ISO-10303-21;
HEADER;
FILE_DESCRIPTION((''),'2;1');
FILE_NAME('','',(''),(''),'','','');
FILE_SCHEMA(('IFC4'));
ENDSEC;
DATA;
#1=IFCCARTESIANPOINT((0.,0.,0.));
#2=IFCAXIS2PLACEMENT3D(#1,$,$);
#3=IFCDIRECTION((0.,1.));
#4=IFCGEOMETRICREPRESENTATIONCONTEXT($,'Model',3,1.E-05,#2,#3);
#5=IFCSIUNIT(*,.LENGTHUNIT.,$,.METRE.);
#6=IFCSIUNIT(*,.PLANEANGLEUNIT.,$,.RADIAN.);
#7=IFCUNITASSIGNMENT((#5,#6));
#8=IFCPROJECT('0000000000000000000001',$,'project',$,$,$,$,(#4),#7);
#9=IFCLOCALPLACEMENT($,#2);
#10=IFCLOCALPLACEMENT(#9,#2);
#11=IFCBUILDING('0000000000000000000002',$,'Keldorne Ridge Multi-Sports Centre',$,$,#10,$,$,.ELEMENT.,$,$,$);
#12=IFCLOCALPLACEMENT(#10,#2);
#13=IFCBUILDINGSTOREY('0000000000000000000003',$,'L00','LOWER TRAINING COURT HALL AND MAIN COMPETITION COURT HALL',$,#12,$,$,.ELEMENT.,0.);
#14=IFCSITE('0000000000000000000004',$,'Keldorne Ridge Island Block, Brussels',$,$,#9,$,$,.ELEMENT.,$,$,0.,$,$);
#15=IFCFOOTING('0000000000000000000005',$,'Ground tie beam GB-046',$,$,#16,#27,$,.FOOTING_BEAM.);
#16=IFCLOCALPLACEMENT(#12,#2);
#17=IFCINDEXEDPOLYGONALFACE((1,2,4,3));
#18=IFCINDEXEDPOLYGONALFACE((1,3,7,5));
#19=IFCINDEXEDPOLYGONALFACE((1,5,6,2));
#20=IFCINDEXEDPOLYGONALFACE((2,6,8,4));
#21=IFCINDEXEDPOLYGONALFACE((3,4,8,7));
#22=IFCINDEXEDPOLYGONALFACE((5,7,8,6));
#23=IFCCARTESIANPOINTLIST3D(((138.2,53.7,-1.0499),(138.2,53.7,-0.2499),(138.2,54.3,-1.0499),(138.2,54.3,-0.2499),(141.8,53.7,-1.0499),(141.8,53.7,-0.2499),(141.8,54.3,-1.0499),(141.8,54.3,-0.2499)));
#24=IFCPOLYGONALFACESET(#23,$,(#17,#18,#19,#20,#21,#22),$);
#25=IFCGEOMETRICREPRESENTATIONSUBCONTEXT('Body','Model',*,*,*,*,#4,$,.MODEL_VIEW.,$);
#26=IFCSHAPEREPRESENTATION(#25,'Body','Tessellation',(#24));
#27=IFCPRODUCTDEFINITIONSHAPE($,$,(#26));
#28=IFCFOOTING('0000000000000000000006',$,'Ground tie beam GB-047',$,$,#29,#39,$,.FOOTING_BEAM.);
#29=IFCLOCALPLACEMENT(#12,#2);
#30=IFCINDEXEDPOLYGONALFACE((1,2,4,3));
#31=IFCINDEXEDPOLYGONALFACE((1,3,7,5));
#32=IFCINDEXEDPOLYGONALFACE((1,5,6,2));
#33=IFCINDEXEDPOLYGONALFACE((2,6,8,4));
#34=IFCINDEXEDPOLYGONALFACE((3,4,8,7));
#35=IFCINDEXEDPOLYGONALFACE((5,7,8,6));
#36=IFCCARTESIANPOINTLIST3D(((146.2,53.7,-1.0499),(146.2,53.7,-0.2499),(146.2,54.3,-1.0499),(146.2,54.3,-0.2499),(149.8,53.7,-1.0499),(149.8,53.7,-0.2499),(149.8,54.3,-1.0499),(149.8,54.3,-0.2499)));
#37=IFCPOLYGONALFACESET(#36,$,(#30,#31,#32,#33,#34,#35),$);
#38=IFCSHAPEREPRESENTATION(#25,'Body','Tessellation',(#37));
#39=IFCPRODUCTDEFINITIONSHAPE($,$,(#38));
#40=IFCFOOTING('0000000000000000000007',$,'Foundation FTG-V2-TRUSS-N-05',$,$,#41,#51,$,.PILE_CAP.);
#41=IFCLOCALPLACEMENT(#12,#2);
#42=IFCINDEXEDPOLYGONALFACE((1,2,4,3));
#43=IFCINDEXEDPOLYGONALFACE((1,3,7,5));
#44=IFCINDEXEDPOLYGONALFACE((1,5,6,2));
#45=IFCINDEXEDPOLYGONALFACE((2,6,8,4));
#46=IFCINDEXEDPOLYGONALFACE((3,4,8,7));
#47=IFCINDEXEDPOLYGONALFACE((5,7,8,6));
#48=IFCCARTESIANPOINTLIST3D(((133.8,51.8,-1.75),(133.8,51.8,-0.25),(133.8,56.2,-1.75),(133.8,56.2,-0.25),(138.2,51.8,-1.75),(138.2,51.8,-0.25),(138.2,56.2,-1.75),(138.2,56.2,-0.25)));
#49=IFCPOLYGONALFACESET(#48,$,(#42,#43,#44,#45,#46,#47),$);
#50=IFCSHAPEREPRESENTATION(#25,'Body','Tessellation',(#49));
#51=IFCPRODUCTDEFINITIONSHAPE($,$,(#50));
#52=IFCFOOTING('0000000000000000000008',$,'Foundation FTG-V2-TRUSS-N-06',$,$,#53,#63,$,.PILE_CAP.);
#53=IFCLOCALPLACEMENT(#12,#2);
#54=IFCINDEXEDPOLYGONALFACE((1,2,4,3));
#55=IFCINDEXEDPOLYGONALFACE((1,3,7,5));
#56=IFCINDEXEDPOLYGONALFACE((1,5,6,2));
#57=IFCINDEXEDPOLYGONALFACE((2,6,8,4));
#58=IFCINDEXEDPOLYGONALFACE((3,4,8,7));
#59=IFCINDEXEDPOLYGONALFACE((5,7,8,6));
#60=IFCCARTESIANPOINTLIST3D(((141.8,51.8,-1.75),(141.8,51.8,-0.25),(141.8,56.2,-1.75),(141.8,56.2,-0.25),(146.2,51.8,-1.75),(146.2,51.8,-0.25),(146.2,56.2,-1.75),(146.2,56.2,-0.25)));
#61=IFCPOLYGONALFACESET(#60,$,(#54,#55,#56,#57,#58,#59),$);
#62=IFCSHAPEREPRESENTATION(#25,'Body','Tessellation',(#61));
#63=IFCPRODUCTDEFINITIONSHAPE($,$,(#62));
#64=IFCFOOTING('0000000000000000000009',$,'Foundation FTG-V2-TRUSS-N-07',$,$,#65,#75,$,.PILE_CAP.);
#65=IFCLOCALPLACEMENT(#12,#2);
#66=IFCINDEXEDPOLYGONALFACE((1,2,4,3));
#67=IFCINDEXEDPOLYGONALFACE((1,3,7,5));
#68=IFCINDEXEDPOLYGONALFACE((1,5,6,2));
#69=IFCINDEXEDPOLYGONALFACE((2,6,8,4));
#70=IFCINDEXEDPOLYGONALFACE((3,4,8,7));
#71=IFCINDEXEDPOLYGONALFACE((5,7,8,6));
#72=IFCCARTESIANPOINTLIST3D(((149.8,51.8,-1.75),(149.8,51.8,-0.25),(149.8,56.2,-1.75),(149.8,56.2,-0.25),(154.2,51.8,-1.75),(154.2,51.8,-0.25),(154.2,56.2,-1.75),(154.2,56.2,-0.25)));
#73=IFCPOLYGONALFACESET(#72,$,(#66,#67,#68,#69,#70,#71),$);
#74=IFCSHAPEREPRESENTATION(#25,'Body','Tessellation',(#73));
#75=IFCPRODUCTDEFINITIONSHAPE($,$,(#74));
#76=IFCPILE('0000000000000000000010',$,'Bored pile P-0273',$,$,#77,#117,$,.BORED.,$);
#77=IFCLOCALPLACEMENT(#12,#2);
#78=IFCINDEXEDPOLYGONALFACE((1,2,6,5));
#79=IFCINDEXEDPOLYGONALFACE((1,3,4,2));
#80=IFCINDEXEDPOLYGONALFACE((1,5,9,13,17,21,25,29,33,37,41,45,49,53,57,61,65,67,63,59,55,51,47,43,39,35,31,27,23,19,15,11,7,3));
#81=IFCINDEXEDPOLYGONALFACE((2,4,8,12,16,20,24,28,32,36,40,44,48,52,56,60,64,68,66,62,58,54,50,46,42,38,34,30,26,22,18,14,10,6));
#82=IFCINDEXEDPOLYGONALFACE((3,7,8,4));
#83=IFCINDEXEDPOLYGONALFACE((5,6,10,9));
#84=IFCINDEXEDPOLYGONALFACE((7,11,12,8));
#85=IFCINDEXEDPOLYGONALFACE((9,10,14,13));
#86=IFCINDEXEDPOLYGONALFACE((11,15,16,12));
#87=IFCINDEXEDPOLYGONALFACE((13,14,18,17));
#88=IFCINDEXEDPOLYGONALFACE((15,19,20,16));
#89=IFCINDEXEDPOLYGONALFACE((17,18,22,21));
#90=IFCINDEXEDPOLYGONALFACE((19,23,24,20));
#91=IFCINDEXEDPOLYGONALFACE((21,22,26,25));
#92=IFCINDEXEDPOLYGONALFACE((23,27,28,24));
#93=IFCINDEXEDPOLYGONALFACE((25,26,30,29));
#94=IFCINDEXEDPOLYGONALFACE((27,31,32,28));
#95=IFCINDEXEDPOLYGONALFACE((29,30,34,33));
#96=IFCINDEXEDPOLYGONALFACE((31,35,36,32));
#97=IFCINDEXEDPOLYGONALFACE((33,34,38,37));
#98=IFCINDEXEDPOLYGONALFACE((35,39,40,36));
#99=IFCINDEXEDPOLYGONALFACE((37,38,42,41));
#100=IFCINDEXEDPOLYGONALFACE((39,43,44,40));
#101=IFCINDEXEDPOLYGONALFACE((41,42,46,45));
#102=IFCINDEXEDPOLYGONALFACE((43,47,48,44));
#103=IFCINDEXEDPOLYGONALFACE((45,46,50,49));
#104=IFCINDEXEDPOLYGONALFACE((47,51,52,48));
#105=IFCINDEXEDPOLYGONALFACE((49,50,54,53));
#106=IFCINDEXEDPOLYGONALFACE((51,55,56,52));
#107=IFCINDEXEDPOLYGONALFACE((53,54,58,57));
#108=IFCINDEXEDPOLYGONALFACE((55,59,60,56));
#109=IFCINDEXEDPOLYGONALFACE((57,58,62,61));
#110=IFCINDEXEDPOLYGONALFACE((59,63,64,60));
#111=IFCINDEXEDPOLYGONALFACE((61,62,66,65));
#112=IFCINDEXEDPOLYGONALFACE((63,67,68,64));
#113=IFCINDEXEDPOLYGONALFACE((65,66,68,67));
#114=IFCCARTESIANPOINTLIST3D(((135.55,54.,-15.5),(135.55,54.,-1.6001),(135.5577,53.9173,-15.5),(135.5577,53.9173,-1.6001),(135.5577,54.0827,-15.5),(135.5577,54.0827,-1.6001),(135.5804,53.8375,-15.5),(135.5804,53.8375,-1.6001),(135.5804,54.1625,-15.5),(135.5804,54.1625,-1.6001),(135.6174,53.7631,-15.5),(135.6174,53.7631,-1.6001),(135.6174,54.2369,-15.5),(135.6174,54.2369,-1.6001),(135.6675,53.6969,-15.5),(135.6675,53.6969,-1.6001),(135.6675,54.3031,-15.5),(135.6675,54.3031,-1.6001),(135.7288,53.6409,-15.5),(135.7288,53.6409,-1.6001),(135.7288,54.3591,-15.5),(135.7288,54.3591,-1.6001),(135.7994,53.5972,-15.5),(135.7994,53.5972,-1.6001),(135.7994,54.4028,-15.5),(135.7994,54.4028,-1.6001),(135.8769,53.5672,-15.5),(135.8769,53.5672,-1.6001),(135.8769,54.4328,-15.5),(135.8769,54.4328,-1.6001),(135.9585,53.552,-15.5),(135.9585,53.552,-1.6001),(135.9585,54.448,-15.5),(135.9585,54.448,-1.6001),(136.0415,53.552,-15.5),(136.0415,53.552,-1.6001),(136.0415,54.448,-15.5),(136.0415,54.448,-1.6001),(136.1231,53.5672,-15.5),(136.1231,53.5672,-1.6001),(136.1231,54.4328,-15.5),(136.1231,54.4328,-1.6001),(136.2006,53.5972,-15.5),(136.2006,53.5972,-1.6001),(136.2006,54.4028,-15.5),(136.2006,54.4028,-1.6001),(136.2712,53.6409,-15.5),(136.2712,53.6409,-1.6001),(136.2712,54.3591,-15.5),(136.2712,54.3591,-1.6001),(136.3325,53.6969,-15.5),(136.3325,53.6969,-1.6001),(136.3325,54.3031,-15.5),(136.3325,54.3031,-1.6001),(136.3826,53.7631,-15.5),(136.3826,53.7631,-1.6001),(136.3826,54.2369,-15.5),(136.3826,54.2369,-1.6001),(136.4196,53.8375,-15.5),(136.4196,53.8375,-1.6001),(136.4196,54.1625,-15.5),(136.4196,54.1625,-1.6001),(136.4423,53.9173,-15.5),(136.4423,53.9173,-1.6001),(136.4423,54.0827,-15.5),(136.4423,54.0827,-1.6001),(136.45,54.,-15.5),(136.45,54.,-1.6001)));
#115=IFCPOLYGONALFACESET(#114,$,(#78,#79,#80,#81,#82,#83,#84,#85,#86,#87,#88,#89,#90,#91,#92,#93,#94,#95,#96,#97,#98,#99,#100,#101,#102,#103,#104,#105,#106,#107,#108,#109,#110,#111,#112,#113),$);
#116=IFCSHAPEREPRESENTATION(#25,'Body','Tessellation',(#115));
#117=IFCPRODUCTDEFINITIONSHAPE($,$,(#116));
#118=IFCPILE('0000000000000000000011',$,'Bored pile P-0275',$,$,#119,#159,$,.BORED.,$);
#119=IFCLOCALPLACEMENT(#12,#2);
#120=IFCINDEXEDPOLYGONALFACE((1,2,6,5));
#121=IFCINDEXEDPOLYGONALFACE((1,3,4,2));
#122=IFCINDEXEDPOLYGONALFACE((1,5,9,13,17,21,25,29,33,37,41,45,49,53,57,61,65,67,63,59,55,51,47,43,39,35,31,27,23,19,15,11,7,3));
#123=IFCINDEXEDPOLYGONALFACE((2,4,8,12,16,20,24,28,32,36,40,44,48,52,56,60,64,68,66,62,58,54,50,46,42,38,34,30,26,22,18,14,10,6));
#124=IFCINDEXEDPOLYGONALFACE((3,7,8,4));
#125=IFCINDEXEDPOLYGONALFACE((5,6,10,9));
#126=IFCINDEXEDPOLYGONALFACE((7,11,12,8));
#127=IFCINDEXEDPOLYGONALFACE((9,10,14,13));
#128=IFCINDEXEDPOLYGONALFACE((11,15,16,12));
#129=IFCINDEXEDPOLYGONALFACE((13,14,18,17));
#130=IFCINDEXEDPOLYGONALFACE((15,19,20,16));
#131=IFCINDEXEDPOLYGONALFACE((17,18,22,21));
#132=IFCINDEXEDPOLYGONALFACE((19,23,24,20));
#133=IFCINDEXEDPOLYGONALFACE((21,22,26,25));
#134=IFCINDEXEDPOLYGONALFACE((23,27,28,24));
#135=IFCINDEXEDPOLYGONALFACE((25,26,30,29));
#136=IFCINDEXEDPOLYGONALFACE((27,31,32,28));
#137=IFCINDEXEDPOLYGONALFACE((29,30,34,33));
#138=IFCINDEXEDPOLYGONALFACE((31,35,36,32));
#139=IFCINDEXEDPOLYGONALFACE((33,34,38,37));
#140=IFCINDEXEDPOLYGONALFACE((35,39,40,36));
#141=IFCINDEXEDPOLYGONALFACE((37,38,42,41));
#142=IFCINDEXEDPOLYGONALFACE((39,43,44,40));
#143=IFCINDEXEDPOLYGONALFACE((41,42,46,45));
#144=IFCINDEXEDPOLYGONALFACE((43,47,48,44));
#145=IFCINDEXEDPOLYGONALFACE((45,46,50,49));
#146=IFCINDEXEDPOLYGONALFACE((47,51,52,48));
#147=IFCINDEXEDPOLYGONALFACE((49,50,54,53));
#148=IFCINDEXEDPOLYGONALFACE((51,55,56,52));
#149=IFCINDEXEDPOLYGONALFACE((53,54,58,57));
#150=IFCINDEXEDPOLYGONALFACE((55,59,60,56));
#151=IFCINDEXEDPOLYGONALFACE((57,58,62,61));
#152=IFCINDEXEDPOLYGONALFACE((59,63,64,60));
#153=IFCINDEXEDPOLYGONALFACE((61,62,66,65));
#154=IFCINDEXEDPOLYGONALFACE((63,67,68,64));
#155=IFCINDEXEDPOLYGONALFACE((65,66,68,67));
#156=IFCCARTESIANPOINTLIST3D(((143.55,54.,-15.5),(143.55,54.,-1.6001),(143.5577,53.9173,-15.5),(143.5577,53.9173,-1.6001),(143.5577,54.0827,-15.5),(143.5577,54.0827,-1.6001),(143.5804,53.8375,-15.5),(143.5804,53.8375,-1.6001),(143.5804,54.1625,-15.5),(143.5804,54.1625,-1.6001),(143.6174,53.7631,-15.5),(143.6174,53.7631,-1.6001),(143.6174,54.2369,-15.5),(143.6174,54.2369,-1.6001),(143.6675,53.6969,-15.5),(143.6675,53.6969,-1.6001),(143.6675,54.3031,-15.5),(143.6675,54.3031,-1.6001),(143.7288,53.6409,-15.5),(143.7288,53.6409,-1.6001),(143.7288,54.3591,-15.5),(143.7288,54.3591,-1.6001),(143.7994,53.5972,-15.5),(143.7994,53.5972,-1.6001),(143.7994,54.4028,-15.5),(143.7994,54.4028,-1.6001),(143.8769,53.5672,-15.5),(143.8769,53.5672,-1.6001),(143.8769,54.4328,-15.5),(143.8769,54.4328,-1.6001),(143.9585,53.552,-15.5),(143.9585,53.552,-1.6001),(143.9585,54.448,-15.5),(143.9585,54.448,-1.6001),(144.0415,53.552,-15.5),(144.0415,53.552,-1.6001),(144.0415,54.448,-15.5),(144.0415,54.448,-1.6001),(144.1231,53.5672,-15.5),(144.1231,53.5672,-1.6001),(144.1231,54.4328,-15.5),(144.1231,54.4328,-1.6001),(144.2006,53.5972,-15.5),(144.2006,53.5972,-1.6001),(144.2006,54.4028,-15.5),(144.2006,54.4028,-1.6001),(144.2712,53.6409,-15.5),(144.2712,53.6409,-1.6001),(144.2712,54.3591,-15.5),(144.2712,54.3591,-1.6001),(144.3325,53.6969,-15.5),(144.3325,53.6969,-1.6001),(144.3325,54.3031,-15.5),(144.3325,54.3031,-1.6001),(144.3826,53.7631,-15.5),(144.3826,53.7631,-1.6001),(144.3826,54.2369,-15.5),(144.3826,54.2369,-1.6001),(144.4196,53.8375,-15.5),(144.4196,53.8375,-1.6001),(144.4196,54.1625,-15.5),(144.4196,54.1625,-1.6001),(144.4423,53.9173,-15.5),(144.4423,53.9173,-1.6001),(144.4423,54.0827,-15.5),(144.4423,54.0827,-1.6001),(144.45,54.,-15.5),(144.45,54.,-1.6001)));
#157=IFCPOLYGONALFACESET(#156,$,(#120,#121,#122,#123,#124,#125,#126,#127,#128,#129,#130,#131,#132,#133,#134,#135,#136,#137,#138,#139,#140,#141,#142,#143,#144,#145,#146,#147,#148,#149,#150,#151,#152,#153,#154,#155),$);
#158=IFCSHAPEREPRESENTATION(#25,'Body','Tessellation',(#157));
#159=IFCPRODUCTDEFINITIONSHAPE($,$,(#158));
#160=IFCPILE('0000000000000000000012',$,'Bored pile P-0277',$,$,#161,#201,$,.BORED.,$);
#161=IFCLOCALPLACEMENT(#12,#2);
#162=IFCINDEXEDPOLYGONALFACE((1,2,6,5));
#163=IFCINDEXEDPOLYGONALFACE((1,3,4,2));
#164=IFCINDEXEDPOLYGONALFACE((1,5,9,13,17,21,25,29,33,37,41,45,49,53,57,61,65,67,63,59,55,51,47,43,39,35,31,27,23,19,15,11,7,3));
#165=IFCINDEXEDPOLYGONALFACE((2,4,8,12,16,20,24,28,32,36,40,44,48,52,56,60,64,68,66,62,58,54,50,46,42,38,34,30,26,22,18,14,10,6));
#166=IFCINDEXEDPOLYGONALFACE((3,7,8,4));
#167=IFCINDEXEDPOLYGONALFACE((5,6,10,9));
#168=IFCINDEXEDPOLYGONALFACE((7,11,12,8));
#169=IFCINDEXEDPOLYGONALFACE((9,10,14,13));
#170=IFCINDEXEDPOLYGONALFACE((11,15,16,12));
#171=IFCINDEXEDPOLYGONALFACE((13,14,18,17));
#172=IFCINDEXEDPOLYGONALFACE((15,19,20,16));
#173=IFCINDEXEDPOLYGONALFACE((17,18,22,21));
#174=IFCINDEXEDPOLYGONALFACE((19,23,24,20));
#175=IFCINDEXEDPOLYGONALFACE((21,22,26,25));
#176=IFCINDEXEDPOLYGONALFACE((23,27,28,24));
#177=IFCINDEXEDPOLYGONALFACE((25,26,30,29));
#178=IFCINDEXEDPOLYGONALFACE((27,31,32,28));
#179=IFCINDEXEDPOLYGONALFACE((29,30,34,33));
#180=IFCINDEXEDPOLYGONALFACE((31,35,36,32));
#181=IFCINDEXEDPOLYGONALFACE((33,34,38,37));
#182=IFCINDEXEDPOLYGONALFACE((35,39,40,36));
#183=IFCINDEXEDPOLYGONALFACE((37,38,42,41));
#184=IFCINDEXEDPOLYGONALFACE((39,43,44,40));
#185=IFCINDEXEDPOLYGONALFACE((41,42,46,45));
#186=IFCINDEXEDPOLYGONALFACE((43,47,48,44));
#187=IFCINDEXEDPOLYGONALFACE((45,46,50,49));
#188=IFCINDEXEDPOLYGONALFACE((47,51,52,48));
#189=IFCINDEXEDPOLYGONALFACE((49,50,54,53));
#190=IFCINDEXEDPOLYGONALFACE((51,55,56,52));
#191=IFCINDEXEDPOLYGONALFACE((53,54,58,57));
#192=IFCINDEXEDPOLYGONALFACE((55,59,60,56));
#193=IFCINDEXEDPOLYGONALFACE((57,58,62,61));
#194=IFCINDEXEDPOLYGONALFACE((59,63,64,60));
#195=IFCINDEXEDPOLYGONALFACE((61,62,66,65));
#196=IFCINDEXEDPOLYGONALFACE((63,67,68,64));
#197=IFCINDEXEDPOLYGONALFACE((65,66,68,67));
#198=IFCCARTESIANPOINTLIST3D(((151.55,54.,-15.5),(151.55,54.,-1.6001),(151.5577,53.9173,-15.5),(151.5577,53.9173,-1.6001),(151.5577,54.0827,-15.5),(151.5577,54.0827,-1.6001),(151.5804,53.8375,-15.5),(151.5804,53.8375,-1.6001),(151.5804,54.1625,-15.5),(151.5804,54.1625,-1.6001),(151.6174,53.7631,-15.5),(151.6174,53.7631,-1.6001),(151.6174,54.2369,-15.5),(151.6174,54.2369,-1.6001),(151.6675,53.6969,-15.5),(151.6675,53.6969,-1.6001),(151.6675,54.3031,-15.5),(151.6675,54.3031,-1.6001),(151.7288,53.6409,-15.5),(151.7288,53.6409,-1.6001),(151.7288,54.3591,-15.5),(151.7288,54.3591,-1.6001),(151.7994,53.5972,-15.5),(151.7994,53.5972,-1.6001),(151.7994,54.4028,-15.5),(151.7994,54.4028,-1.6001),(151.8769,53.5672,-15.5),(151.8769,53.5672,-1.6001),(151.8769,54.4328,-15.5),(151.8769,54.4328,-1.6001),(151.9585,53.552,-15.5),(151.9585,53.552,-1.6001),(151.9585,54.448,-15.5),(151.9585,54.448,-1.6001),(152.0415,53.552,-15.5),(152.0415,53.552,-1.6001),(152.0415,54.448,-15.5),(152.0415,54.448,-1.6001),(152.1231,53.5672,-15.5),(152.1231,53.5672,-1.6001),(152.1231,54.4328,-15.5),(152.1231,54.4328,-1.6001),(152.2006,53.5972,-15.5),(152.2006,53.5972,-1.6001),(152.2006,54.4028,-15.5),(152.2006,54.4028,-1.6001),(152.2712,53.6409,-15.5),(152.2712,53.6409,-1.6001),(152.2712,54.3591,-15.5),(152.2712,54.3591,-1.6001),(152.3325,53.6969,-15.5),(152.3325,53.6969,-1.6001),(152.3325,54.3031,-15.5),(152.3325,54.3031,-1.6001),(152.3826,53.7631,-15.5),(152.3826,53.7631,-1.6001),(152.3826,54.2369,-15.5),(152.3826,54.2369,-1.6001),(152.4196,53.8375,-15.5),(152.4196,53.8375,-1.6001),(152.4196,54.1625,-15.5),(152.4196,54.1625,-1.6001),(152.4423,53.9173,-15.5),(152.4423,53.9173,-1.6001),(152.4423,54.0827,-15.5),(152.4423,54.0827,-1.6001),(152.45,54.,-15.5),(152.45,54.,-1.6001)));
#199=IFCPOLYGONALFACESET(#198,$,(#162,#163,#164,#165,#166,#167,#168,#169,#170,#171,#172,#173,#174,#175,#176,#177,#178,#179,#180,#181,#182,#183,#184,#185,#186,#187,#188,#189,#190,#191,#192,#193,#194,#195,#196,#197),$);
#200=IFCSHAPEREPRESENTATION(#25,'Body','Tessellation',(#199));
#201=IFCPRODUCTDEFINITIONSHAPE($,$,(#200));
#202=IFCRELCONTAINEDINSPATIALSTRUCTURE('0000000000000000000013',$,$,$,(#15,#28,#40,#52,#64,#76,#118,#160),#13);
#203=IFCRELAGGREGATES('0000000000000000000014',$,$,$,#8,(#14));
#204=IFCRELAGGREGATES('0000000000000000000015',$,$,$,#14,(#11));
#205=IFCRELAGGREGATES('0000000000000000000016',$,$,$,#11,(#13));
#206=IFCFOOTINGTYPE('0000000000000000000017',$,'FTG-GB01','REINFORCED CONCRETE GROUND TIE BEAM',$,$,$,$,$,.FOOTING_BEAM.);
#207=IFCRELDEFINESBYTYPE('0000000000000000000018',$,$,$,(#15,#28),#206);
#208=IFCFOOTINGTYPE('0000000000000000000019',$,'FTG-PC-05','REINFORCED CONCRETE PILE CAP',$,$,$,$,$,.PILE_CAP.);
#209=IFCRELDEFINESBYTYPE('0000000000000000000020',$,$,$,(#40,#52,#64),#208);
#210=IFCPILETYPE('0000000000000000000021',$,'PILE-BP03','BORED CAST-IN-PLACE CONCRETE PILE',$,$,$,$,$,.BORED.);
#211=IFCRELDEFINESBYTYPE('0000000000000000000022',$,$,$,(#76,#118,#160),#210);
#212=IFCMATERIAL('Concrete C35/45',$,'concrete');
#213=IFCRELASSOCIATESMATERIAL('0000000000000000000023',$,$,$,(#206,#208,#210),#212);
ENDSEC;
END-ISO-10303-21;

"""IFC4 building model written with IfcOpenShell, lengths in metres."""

from ifc_helpers import new_model, si_unit, direction, frame, origin, origin_2d, place, context, subcontext, project, spatial, rectangle, circle, extrude, material, material_profile, profile_set, type_object, element, save


model = new_model("IFC4")

# Units and contexts
model_context = context("Model", 3, precision=1e-05, world=origin(), true_north=direction((0.0, 1.0)))
body_context = subcontext(model_context, "Body", "Model", "MODEL_VIEW")
ifc_project = project(units=[si_unit("LENGTHUNIT", "METRE"), si_unit("PLANEANGLEUNIT", "RADIAN")], contexts=[model_context])

# Site, building, storey
site_placement = place(None, origin())
site = spatial("IfcSite", under=ifc_project, at=site_placement, Name="Keldorne Ridge Island Block, Brussels", CompositionType="ELEMENT", RefElevation=0.0)
building_placement = place(site_placement, origin())
building = spatial("IfcBuilding", under=site, at=building_placement, Name="Keldorne Ridge Multi-Sports Centre", CompositionType="ELEMENT")
storey_placement = place(building_placement, origin())
storey = spatial("IfcBuildingStorey", under=building, at=storey_placement, Name="L00", Description="LOWER TRAINING COURT HALL AND MAIN COMPETITION COURT HALL", CompositionType="ELEMENT", Elevation=0.0)

# Footings
ifc_material_1 = material(Name="Concrete C35/45", Category="concrete")
ifc_material_profile_1 = material_profile(ifc_material_1, rectangle(XDim=0.6001, YDim=0.8, at=origin_2d()), Name="GB 600x800")
ifc_profile_set_1 = profile_set([ifc_material_profile_1], Name="Concrete C35/45")
footing_type_1 = type_object("IfcFootingType", Name="FTG-GB01", Description="REINFORCED CONCRETE GROUND TIE BEAM", PredefinedType="FOOTING_BEAM", material=ifc_profile_set_1)
for number, where, z_axis, x_axis, name in (
    (1, (138.2, 54.0, -0.6499), (1.0, 0.0, 0.0), (0.0, 1.0, 0.0), "Ground tie beam GB-046"),
    (2, (146.2, 54.0, -0.6499), (1.0, 0.0, 0.0), (0.0, 1.0, 0.0), "Ground tie beam GB-047"),
):
    element("IfcFooting", number, at=place(storey_placement, frame(where, z_axis=z_axis, x_axis=x_axis)), inside=storey, type_object=footing_type_1, Name=name, PredefinedType="FOOTING_BEAM", context=body_context, shape_type="SweptSolid", body=[
        extrude(rectangle(XDim=0.6001, YDim=0.8, at=origin_2d()), origin(), (0.0, 0.0, 1.0), 3.6001),
    ])
footing_type_2 = type_object("IfcFootingType", Name="FTG-PC-05", Description="REINFORCED CONCRETE PILE CAP", PredefinedType="PILE_CAP", material=ifc_material_1)
for number, where, z_axis, x_axis, name in (
    (3, (136.0, 54.0, -1.75), (0.0, 0.0, 1.0), (1.0, 0.0, 0.0), "Foundation FTG-V2-TRUSS-N-05"),
    (4, (144.0, 54.0, -1.75), (0.0, 0.0, 1.0), (1.0, 0.0, 0.0), "Foundation FTG-V2-TRUSS-N-06"),
    (5, (152.0, 54.0, -1.75), (0.0, 0.0, 1.0), (1.0, 0.0, 0.0), "Foundation FTG-V2-TRUSS-N-07"),
):
    element("IfcFooting", number, at=place(storey_placement, frame(where, z_axis=z_axis, x_axis=x_axis)), inside=storey, type_object=footing_type_2, Name=name, PredefinedType="PILE_CAP", context=body_context, shape_type="SweptSolid", body=[
        extrude(rectangle(XDim=4.3999, YDim=4.3999, at=origin_2d()), origin(), (0.0, 0.0, 1.0), 1.5),
    ])

# Piles
ifc_material_profile_2 = material_profile(ifc_material_1, circle(Radius=0.45, at=origin_2d()), Name="BORED PILE D900")
ifc_profile_set_2 = profile_set([ifc_material_profile_2], Name="Concrete C35/45")
pile_type = type_object("IfcPileType", Name="PILE-BP03", Description="BORED CAST-IN-PLACE CONCRETE PILE", PredefinedType="BORED", material=ifc_profile_set_2)
for number, where, z_axis, x_axis, name in (
    (6, (136.0, 54.0, -1.6001), (0.0, 0.0, -1.0), (1.0, 0.0, 0.0), "Bored pile P-0273"),
    (7, (144.0, 54.0, -1.6001), (0.0, 0.0, -1.0), (1.0, 0.0, 0.0), "Bored pile P-0275"),
    (8, (152.0, 54.0, -1.6001), (0.0, 0.0, -1.0), (1.0, 0.0, 0.0), "Bored pile P-0277"),
):
    element("IfcPile", number, at=place(storey_placement, frame(where, z_axis=z_axis, x_axis=x_axis)), inside=storey, type_object=pile_type, Name=name, PredefinedType="BORED", context=body_context, shape_type="SweptSolid", body=[
        extrude(circle(Radius=0.45, at=origin_2d()), origin(), (0.0, 0.0, 1.0), 13.8999),
    ])

save(model, "model.ifc")
